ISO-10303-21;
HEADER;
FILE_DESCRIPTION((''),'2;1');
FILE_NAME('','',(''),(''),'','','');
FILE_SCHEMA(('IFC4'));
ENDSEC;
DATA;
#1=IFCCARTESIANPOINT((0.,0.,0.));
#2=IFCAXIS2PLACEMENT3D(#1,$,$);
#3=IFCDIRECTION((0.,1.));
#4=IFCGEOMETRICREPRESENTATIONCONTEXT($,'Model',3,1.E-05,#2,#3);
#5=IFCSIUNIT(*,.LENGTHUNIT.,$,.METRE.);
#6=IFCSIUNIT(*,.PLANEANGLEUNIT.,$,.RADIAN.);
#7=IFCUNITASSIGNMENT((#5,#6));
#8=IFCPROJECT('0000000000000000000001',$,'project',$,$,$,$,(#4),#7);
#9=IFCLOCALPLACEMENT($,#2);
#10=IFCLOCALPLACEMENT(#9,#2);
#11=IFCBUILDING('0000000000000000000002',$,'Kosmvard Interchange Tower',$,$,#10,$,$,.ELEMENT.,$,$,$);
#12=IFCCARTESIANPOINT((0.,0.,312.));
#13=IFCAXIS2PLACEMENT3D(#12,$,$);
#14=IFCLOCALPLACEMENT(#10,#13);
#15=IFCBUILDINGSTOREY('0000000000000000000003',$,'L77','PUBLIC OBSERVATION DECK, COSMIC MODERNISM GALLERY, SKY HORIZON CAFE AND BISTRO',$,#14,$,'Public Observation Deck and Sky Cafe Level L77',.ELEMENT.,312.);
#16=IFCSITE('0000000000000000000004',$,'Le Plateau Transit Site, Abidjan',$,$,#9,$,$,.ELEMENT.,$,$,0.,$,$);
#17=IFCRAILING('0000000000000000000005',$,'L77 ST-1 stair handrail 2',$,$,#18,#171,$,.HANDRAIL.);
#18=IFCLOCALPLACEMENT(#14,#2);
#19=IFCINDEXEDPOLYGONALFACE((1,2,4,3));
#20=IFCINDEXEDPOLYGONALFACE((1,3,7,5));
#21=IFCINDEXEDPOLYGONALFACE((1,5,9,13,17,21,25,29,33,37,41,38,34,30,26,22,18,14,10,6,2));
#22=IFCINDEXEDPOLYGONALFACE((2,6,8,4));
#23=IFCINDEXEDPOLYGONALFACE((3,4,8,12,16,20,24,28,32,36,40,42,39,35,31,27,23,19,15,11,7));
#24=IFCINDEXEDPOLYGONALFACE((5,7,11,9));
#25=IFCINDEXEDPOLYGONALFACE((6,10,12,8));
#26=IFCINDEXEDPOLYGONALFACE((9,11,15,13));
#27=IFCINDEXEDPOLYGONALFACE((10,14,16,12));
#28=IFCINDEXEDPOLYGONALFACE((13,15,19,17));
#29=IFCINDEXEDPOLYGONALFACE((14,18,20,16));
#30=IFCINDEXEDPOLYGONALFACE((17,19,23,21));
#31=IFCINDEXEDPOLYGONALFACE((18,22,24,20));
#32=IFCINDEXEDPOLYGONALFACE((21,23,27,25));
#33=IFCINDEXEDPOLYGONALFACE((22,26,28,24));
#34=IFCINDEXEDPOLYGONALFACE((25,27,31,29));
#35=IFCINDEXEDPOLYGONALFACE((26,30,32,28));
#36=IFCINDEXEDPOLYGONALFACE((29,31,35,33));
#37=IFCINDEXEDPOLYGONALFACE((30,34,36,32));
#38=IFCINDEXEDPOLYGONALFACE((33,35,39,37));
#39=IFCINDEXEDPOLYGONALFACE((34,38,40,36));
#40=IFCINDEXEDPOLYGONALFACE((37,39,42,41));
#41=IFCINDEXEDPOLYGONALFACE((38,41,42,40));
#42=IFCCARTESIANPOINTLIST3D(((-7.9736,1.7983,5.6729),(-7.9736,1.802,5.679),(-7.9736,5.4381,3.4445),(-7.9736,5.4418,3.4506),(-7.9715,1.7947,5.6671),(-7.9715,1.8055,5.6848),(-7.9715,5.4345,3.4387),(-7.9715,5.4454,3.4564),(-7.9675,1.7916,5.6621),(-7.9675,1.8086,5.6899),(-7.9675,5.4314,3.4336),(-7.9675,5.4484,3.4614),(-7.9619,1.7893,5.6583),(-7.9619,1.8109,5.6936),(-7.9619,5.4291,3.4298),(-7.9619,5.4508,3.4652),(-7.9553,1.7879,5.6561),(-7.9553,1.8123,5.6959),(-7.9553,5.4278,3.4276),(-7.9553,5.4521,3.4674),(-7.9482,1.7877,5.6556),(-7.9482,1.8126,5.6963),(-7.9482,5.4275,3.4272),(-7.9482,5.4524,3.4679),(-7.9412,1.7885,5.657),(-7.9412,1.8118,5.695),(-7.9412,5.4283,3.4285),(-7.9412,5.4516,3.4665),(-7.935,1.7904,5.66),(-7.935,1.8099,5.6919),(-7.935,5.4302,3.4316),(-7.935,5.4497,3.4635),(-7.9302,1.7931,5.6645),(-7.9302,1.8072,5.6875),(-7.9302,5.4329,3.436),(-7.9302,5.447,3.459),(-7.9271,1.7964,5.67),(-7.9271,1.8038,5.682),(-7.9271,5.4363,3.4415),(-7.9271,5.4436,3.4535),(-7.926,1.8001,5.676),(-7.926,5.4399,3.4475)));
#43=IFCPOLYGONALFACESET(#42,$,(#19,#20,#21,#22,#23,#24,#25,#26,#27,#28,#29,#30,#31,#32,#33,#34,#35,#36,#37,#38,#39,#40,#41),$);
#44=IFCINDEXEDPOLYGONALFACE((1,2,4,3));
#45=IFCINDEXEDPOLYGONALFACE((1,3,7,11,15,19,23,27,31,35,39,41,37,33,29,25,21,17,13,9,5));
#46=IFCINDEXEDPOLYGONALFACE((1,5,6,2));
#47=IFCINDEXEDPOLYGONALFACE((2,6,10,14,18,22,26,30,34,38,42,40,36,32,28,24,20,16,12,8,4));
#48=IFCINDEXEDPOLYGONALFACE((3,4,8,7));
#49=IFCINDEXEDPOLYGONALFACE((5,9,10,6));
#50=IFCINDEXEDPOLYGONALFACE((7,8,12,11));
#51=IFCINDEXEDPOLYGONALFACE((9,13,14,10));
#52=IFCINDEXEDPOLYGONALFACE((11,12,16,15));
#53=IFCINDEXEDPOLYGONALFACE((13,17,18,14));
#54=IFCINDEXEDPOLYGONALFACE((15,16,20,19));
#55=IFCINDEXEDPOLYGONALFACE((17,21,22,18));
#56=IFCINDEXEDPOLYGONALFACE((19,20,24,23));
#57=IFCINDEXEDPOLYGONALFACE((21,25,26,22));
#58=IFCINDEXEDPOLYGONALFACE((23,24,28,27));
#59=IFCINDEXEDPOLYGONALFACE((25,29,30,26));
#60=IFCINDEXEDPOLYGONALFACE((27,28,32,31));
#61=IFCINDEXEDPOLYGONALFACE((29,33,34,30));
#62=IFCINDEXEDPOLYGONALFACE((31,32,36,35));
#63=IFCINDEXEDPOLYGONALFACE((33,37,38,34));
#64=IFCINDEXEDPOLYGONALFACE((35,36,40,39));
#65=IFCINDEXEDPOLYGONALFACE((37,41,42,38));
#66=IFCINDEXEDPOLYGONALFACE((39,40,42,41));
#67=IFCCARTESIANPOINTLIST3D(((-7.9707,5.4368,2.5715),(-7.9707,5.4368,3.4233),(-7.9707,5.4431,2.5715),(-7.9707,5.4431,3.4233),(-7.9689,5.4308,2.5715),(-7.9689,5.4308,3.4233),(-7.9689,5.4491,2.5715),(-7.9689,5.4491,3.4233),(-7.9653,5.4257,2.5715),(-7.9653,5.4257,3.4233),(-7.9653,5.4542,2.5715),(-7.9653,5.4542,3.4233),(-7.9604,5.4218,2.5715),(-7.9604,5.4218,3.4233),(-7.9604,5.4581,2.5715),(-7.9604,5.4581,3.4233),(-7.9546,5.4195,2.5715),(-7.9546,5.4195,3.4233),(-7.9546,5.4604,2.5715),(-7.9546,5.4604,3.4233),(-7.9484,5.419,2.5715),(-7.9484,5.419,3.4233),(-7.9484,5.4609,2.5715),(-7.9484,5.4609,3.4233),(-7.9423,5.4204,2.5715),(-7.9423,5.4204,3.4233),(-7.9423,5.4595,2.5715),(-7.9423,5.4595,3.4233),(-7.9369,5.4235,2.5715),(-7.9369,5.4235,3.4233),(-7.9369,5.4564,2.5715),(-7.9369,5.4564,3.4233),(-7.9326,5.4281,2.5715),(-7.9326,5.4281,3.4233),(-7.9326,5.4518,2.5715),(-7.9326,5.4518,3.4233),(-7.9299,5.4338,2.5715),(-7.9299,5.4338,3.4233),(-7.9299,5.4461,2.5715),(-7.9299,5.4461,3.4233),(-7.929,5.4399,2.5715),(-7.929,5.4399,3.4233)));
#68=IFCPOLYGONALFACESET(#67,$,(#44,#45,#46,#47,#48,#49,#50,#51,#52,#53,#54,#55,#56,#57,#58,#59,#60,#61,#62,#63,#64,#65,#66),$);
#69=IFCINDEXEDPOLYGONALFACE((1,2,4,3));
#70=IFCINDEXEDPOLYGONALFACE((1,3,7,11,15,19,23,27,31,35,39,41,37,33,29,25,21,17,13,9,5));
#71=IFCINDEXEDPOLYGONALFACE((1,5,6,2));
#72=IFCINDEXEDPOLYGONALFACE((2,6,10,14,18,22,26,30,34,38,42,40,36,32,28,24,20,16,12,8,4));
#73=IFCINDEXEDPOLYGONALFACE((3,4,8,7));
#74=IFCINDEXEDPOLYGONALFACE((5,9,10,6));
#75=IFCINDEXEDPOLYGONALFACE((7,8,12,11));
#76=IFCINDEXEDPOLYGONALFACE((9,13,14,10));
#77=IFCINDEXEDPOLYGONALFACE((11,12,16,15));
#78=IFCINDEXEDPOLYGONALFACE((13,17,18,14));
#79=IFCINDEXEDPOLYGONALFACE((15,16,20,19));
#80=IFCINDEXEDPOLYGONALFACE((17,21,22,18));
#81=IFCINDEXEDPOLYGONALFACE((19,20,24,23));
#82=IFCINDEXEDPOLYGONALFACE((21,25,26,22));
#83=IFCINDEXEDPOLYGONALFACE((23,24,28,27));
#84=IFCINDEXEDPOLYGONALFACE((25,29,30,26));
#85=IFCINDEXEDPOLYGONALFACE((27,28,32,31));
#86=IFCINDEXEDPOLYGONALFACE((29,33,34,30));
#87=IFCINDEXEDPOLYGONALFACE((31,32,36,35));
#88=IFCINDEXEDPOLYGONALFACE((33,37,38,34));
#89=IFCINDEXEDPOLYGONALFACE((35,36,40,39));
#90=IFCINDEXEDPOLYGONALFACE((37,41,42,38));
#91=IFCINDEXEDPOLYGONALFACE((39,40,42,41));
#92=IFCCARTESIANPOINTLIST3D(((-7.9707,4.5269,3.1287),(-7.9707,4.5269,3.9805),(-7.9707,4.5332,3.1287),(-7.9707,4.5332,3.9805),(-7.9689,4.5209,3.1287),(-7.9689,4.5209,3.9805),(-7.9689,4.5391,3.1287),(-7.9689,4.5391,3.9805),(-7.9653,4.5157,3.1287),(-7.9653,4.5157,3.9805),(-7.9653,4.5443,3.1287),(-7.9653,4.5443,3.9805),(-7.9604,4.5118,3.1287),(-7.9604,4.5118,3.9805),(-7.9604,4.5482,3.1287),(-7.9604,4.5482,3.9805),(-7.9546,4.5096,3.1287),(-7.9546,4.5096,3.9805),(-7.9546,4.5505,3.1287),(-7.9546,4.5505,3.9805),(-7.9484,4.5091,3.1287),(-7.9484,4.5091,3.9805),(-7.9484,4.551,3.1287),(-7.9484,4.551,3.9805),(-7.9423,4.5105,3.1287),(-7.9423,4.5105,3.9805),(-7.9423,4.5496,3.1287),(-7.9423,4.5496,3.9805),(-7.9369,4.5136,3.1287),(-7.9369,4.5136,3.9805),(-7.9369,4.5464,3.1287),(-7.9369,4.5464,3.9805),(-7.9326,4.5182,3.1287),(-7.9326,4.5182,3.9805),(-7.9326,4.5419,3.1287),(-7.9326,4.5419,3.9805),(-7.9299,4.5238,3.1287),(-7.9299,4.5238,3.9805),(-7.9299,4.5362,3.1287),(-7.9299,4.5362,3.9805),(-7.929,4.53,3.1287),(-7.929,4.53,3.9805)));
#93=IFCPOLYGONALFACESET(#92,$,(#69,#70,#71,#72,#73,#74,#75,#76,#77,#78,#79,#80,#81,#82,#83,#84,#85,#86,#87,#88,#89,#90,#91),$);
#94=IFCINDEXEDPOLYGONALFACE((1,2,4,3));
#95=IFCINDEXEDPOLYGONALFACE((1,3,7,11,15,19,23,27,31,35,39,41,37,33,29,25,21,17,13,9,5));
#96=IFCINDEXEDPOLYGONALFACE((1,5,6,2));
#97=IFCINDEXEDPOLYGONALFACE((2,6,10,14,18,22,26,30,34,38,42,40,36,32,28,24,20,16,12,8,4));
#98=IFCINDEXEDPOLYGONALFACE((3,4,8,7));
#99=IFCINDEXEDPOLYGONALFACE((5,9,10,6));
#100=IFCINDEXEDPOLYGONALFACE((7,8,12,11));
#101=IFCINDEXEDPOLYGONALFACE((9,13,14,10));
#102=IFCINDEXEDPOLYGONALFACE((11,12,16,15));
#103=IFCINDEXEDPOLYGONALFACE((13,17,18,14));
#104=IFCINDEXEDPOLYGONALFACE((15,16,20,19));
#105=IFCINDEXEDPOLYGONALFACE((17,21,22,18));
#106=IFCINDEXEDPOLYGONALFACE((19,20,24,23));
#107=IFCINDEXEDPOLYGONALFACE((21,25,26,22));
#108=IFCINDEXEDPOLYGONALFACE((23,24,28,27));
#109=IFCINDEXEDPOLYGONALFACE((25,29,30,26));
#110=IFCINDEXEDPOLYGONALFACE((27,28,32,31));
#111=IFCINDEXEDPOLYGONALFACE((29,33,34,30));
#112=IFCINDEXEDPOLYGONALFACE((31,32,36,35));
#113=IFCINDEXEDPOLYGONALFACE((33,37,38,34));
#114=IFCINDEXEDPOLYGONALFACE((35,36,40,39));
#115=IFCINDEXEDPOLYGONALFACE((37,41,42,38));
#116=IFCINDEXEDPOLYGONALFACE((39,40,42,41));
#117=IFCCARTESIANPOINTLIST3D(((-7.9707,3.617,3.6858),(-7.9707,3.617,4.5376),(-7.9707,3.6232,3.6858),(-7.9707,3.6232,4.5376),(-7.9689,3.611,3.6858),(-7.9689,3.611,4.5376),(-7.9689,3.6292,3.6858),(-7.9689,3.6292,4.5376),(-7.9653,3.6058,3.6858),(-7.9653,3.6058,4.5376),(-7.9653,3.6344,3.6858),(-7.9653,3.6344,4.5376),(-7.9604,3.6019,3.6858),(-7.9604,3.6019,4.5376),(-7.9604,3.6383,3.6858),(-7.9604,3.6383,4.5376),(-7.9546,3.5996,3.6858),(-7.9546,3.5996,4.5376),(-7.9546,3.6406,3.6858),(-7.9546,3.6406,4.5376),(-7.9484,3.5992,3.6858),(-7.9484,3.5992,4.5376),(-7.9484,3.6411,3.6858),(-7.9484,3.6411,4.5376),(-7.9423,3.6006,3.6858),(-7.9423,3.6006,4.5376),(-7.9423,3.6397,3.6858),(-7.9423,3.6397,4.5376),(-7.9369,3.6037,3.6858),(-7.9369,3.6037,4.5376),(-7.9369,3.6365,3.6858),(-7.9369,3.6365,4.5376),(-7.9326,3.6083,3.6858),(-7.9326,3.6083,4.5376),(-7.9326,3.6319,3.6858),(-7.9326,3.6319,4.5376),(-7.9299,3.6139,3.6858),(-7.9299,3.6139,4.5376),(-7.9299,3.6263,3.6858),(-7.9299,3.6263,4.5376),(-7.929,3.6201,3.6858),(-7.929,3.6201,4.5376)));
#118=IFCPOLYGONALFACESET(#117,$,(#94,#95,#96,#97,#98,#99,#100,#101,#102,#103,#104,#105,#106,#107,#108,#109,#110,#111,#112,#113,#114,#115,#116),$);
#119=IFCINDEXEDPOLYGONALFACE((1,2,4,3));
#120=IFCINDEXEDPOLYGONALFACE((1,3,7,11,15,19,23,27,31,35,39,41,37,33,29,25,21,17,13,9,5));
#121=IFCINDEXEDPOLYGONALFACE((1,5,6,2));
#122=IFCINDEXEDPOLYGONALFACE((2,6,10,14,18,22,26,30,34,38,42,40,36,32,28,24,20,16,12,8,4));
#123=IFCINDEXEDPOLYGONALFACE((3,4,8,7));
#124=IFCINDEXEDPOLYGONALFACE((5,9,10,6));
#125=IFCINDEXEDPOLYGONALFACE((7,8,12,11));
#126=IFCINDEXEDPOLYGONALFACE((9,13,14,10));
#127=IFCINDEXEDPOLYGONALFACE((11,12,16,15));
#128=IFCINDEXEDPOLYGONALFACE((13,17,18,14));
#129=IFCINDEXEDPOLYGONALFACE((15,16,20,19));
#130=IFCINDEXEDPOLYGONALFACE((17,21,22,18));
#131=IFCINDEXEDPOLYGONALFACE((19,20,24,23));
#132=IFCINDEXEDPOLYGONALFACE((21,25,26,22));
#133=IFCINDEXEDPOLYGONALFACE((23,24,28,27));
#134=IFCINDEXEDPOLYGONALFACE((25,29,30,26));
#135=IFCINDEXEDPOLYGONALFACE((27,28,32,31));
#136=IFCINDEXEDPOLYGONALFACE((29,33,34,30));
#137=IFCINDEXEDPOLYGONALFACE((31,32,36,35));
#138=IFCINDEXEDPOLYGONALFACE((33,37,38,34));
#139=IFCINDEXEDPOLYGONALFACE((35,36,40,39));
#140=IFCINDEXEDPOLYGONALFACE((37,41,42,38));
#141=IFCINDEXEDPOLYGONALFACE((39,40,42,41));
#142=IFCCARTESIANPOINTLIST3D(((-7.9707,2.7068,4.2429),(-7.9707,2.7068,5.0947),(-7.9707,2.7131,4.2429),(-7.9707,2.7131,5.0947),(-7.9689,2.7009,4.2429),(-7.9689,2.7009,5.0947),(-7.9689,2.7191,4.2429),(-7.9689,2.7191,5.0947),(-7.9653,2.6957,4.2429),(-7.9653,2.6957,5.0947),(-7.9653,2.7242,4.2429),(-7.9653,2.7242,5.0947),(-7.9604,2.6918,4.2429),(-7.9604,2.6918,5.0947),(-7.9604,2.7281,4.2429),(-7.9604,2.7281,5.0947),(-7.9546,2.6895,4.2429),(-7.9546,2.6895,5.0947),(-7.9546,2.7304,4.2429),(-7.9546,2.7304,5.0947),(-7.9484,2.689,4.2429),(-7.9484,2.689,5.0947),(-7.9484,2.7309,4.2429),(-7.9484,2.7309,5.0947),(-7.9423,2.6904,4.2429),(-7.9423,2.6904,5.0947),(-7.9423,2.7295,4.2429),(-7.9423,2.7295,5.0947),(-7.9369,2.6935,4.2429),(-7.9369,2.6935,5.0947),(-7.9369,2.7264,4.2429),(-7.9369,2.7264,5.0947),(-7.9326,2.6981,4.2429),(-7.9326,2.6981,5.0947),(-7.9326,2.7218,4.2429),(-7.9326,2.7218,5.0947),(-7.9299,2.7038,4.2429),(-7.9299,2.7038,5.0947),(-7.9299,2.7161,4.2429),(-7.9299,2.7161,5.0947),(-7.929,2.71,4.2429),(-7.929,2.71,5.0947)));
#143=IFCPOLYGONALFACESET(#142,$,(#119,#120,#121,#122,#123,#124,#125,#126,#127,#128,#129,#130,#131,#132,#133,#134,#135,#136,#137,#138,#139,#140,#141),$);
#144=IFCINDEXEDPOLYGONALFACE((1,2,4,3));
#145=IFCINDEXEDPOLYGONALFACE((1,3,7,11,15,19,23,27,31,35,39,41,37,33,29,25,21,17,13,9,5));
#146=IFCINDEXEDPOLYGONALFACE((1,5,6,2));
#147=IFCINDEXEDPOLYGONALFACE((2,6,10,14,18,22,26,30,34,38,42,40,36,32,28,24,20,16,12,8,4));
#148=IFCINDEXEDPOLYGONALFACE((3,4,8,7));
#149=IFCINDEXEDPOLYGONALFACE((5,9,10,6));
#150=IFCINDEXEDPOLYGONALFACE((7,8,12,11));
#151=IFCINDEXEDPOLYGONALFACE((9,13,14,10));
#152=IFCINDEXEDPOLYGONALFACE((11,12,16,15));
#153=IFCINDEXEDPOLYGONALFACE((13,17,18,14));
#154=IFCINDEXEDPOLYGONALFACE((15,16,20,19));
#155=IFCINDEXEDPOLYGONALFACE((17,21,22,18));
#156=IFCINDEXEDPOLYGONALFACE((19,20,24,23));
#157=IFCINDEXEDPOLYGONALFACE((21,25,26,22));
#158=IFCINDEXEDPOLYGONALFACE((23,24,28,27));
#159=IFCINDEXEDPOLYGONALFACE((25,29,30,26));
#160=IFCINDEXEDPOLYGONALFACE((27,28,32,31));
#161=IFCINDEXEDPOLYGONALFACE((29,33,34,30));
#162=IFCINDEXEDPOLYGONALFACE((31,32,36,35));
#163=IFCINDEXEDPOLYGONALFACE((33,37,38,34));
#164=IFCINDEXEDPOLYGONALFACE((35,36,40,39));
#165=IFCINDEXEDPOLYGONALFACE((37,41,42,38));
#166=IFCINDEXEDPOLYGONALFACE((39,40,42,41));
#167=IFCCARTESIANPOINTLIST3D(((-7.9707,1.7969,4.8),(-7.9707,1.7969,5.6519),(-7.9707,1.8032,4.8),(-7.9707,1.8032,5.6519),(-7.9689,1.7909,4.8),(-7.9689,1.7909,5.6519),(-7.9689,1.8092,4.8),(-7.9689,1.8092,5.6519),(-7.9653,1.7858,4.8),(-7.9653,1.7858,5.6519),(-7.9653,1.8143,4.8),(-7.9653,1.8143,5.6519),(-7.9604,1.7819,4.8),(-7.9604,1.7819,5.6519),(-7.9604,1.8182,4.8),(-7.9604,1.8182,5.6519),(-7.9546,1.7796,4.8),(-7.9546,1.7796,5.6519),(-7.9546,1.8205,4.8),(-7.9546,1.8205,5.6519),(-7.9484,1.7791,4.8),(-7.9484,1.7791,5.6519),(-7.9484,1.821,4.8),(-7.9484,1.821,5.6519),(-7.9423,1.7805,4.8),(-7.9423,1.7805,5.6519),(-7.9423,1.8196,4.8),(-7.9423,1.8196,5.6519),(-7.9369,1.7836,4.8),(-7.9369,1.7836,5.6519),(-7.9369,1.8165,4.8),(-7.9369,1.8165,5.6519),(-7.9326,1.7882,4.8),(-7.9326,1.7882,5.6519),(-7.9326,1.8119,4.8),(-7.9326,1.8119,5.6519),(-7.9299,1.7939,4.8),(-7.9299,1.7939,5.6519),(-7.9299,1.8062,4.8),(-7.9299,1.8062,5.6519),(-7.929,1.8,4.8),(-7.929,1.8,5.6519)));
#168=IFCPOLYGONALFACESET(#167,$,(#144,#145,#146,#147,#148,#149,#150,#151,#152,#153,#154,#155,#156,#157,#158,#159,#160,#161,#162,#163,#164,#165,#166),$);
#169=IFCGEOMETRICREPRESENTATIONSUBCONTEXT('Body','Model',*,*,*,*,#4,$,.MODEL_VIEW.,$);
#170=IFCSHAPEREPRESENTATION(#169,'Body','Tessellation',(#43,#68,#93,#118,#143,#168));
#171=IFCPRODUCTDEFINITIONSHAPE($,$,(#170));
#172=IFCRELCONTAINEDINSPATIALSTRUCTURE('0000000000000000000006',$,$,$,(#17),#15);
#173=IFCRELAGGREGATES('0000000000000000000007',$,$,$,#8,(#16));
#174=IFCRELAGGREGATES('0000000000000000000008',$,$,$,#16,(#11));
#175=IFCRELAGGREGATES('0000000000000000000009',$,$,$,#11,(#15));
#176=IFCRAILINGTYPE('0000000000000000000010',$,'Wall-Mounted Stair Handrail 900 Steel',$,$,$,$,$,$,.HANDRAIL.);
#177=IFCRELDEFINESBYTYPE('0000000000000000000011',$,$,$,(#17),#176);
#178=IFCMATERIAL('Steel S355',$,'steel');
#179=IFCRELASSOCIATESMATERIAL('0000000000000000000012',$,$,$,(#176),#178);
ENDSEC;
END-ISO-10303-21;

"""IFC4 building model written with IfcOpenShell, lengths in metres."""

from ifc_helpers import new_model, si_unit, direction, frame, origin, origin_2d, place, context, subcontext, project, spatial, circle, extrude, source, transform, mapped, material, type_object, element, save


model = new_model("IFC4")

# Units and contexts
model_context = context("Model", 3, precision=1e-05, world=origin(), true_north=direction((0.0, 1.0)))
body_context = subcontext(model_context, "Body", "Model", "MODEL_VIEW")
ifc_project = project(units=[si_unit("LENGTHUNIT", "METRE"), si_unit("PLANEANGLEUNIT", "RADIAN")], contexts=[model_context])

# Site, building, storey
site_placement = place(None, origin())
site = spatial("IfcSite", under=ifc_project, at=site_placement, Name="Le Plateau Transit Site, Abidjan", CompositionType="ELEMENT", RefElevation=0.0)
building_placement = place(site_placement, origin())
building = spatial("IfcBuilding", under=site, at=building_placement, Name="Kosmvard Interchange Tower", CompositionType="ELEMENT")
storey_placement = place(building_placement, frame((0.0, 0.0, 312.0)))
storey = spatial("IfcBuildingStorey", under=building, at=storey_placement, Name="L77", Description="PUBLIC OBSERVATION DECK, COSMIC MODERNISM GALLERY, SKY HORIZON CAFE AND BISTRO", LongName="Public Observation Deck and Sky Cafe Level L77", CompositionType="ELEMENT", Elevation=312.0)

# Shared definitions
ifc_material_1 = material(Name="Steel S355", Category="steel")

# Railing
railing_type_1 = type_object("IfcRailingType", Name="Wall-Mounted Stair Handrail 900 Steel", PredefinedType="HANDRAIL", material=ifc_material_1)
shared_shape_1 = source(origin(), body_context, "Body", "SweptSolid", [
    extrude(circle(Radius=0.0239, at=origin_2d()), frame((0.0, 0.0, 0.876), z_axis=(0.0, -0.85285, 0.522156), x_axis=(1.0, 0.0, 0.0)), (0.0, 0.0, 1.0), 4.2678),
    extrude(circle(Radius=0.021, at=origin_2d()), origin(), (0.0, 0.0, 1.0), 0.8518),
    extrude(circle(Radius=0.021, at=origin_2d()), frame((0.0, -0.9099, 0.5571)), (0.0, 0.0, 1.0), 0.8518),
    extrude(circle(Radius=0.021, at=origin_2d()), frame((0.0, -1.8198, 1.1143)), (0.0, 0.0, 1.0), 0.8518),
    extrude(circle(Radius=0.021, at=origin_2d()), frame((0.0, -2.73, 1.6714)), (0.0, 0.0, 1.0), 0.8518),
    extrude(circle(Radius=0.021, at=origin_2d()), frame((0.0, -3.6399, 2.2285)), (0.0, 0.0, 1.0), 0.8518),
])
railing_1_placement = place(storey_placement, frame((-7.95, 5.4399, 2.5715)))
element("IfcRailing", 1, at=railing_1_placement, inside=storey, type_object=railing_type_1, Name="L77 ST-1 stair handrail 2", PredefinedType="HANDRAIL", context=body_context, shape_type="MappedRepresentation", body=[
    mapped(shared_shape_1, transform((0.0, 0.0, 0.0), scale=1.0)),
])

save(model, "model.ifc")
